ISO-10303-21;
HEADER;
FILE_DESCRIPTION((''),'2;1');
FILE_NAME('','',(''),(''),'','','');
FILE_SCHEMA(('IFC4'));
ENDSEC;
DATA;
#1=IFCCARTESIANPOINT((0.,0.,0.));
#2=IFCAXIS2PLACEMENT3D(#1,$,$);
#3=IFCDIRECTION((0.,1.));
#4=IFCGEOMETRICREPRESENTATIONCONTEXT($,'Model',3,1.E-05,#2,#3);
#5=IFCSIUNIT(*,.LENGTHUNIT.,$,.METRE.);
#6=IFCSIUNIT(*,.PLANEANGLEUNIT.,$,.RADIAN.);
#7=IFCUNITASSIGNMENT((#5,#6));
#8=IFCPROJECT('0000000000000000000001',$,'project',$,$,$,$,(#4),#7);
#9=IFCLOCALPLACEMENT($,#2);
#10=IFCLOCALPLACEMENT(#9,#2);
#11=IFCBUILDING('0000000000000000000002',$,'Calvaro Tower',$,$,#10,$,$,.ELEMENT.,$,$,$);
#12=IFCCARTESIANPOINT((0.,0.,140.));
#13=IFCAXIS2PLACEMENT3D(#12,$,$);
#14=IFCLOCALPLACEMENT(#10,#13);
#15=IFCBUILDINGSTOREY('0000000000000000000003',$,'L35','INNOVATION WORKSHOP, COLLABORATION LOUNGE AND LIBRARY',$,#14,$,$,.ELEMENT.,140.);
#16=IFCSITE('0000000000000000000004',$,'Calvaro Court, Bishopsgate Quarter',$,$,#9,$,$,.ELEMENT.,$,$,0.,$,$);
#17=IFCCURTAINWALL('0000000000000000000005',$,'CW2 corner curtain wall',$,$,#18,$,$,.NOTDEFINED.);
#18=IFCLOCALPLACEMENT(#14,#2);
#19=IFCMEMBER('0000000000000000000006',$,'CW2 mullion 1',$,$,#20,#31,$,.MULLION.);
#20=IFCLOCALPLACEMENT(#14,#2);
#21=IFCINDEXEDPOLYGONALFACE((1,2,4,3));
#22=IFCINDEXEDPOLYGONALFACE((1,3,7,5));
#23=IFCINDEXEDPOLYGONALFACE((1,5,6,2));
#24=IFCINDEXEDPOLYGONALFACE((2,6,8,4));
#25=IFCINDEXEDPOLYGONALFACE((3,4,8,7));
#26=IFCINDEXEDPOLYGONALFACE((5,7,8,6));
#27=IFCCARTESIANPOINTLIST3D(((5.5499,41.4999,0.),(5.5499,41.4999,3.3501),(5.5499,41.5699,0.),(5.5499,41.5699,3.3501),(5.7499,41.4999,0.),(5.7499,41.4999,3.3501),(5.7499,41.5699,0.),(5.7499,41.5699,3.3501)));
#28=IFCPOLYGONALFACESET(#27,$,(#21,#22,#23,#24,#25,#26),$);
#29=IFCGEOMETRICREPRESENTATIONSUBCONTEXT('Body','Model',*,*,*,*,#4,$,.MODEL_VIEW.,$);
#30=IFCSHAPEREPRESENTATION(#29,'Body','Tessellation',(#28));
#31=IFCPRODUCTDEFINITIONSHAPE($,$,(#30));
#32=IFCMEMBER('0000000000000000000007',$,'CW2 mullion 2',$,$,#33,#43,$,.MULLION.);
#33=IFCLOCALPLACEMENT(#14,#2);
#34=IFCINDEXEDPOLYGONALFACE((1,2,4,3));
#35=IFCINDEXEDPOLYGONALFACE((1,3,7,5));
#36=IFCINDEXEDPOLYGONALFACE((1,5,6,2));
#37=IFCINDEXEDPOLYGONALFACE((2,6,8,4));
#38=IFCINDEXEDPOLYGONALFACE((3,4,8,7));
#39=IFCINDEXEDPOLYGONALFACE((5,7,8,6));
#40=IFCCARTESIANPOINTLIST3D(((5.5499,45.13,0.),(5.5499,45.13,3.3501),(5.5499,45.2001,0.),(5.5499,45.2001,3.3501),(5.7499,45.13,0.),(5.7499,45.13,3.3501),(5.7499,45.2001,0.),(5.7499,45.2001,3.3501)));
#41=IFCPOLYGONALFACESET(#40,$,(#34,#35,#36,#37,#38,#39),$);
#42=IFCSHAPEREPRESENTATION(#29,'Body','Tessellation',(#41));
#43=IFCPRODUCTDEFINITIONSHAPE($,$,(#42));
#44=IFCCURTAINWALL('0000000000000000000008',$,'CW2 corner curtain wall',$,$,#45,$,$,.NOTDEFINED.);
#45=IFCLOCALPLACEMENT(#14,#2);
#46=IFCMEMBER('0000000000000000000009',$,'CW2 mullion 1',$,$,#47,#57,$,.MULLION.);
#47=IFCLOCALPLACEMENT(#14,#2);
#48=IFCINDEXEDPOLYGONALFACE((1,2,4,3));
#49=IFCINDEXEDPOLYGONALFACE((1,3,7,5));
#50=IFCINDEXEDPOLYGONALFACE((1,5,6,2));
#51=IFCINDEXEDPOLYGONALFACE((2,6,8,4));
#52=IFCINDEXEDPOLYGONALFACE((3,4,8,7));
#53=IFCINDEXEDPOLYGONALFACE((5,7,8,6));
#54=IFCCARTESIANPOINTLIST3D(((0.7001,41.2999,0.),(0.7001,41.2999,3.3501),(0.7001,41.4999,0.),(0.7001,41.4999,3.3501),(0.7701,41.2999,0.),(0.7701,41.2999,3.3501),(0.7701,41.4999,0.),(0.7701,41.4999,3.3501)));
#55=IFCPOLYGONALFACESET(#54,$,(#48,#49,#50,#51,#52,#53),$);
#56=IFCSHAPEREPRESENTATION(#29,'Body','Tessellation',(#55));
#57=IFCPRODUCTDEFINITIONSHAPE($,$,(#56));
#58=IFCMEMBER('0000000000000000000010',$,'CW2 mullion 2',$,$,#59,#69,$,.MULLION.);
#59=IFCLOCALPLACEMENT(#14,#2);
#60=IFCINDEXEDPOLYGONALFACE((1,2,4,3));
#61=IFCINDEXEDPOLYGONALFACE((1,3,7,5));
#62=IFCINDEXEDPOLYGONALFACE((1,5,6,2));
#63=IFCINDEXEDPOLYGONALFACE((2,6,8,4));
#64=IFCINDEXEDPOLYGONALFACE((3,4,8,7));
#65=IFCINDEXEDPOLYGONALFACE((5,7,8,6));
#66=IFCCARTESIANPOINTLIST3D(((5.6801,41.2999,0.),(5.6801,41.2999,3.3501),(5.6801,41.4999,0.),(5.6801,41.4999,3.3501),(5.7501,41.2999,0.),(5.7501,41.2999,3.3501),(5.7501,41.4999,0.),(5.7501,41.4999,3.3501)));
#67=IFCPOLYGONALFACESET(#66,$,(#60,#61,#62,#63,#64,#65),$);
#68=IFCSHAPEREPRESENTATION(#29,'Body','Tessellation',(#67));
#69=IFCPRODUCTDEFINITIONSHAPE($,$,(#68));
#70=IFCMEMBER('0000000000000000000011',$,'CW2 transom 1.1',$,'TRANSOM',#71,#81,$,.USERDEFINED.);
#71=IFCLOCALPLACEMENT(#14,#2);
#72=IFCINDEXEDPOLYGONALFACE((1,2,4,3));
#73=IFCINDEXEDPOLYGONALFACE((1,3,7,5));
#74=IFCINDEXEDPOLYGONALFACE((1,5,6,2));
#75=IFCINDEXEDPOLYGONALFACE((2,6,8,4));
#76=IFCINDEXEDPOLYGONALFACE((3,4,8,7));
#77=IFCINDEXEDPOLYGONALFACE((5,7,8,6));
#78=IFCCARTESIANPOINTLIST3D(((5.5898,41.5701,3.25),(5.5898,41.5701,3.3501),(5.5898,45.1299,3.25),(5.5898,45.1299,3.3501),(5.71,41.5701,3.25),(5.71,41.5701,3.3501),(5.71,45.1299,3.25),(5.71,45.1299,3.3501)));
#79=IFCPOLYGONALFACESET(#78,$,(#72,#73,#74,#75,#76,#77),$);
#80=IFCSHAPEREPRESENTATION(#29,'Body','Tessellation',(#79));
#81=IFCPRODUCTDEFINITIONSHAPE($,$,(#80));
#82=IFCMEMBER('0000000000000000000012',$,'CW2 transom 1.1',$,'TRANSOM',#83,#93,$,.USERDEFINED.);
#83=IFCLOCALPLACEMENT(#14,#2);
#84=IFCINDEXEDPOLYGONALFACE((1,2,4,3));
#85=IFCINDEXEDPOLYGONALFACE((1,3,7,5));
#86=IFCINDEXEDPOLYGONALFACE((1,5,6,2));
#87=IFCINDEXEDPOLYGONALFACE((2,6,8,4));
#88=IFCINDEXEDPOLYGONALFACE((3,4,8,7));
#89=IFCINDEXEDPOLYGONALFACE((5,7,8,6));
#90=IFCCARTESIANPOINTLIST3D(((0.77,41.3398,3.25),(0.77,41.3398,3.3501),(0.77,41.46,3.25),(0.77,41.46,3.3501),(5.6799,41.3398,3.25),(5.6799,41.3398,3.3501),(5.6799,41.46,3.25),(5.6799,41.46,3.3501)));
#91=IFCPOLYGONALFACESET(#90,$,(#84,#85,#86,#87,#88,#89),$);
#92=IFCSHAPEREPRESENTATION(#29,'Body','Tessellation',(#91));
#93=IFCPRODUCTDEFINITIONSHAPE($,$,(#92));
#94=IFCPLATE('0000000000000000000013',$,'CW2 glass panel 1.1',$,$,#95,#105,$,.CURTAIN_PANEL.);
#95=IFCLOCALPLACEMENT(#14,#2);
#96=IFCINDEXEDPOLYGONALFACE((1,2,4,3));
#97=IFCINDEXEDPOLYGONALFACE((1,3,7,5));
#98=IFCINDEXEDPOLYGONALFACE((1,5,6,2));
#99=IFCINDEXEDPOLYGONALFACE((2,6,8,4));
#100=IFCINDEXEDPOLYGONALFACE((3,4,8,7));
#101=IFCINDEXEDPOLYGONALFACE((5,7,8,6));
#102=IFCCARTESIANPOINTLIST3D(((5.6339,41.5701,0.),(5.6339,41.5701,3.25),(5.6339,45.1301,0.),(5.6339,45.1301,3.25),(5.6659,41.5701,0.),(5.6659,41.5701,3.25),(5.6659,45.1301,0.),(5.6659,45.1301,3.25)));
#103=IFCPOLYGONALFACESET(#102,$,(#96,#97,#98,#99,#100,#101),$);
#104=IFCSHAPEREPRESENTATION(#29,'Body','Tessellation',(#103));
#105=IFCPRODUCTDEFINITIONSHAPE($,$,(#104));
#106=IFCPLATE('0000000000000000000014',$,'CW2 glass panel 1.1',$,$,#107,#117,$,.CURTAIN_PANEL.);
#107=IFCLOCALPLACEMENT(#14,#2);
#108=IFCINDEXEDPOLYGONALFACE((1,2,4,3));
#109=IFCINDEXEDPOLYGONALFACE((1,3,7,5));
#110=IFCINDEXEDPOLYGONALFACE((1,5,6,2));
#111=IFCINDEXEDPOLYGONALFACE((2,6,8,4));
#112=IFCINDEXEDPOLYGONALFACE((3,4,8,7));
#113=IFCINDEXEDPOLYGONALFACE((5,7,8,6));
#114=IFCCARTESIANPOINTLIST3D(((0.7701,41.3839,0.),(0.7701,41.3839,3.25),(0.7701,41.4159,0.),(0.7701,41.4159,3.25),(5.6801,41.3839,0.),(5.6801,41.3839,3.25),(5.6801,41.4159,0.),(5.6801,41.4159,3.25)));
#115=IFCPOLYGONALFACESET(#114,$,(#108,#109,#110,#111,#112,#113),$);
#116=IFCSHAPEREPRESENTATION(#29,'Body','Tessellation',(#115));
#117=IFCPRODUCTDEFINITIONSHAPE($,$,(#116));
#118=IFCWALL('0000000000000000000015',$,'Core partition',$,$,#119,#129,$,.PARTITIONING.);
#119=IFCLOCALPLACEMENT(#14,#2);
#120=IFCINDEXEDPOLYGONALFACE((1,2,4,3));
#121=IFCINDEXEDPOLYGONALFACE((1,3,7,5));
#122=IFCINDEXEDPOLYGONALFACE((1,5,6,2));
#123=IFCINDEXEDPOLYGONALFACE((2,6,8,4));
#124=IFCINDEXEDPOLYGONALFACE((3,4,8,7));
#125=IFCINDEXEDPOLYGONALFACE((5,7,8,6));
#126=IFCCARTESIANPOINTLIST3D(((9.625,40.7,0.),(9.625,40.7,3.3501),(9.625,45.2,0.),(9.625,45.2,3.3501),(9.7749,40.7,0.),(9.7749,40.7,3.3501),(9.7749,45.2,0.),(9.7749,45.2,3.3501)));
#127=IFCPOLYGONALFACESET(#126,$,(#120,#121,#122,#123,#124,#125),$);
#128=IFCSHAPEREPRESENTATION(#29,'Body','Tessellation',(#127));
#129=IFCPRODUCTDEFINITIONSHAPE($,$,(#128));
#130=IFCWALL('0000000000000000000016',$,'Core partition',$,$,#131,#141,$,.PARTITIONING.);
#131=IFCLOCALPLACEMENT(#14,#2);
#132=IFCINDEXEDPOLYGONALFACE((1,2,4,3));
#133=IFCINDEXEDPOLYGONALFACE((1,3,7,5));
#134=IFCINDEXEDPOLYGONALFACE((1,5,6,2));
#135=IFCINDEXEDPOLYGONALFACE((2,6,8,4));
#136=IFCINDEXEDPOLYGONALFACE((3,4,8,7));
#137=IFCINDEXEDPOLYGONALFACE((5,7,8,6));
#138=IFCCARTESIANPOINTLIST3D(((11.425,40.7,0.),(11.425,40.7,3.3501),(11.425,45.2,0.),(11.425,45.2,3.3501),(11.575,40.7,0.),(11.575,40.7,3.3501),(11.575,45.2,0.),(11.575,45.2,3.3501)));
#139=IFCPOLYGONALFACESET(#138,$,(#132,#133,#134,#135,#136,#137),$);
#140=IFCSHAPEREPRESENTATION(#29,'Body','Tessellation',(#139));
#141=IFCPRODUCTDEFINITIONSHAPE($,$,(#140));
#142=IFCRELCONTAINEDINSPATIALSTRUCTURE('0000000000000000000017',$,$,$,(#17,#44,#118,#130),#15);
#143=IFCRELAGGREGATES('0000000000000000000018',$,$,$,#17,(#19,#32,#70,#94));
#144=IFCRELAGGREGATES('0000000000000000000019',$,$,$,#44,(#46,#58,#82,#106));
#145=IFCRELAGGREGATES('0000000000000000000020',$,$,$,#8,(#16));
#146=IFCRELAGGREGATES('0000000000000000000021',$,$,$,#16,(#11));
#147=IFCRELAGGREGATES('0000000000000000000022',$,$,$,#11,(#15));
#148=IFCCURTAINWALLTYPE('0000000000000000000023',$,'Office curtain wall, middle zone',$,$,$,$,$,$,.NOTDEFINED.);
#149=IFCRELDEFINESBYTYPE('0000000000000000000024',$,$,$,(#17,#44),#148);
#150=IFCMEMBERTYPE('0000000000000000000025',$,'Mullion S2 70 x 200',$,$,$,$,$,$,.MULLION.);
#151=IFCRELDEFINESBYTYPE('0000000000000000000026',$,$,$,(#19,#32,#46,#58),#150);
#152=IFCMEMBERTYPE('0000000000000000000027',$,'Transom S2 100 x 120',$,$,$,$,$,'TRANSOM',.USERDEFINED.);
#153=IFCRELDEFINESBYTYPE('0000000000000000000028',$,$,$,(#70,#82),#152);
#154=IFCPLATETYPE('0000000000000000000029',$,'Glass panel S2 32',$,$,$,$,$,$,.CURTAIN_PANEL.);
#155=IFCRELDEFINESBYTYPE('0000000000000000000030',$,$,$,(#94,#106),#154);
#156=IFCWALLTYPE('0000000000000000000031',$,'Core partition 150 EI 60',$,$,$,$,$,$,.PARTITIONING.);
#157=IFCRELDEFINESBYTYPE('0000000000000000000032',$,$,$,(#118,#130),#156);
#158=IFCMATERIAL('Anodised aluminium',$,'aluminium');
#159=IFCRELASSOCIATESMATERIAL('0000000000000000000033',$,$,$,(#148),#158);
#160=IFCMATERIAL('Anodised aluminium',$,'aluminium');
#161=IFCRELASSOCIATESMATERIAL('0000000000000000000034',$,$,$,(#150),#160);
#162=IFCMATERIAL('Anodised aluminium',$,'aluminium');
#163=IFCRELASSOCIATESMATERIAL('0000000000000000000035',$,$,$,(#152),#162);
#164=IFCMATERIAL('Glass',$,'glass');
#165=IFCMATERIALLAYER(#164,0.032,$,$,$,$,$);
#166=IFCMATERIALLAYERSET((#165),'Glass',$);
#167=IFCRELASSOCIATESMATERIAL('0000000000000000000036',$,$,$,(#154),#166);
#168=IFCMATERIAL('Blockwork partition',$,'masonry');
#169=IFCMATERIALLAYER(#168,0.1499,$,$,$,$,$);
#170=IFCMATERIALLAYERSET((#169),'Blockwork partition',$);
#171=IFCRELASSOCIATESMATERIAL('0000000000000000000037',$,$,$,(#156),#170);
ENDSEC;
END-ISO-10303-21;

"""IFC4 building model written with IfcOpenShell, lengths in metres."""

from ifc_helpers import new_model, si_unit, direction, frame, frame_2d, origin, origin_2d, place, context, subcontext, project, spatial, rectangle, extrude, material, layer, layer_set, material_profile, profile_set, type_object, element, aggregate, save


model = new_model("IFC4")

# Units and contexts
model_context = context("Model", 3, precision=1e-05, world=origin(), true_north=direction((0.0, 1.0)))
body_context = subcontext(model_context, "Body", "Model", "MODEL_VIEW")
ifc_project = project(units=[si_unit("LENGTHUNIT", "METRE"), si_unit("PLANEANGLEUNIT", "RADIAN")], contexts=[model_context])

# Site, building, storey
site_placement = place(None, origin())
site = spatial("IfcSite", under=ifc_project, at=site_placement, Name="Calvaro Court, Bishopsgate Quarter", CompositionType="ELEMENT", RefElevation=0.0)
building_placement = place(site_placement, origin())
building = spatial("IfcBuilding", under=site, at=building_placement, Name="Calvaro Tower", CompositionType="ELEMENT")
storey_placement = place(building_placement, frame((0.0, 0.0, 140.0)))
storey = spatial("IfcBuildingStorey", under=building, at=storey_placement, Name="L35", Description="INNOVATION WORKSHOP, COLLABORATION LOUNGE AND LIBRARY", CompositionType="ELEMENT", Elevation=140.0)

# Curtain walls, members
ifc_material_1 = material(Name="Anodised aluminium", Category="aluminium")
curtain_wall_type = type_object("IfcCurtainWallType", Name="Office curtain wall, middle zone", PredefinedType="NOTDEFINED", material=ifc_material_1)
curtain_wall_1_placement = place(storey_placement, origin())
curtain_wall_1 = element("IfcCurtainWall", 1, at=curtain_wall_1_placement, inside=storey, type_object=curtain_wall_type, Name="CW2 corner curtain wall", PredefinedType="NOTDEFINED")
ifc_material_2 = material(Name="Anodised aluminium", Category="aluminium")
ifc_material_profile_1 = material_profile(ifc_material_2, rectangle(XDim=0.2, YDim=0.0701, at=origin_2d()), Name="Mullion S2 70 x 200")
ifc_profile_set_1 = profile_set([ifc_material_profile_1], Name="Anodised aluminium")
member_type_1 = type_object("IfcMemberType", Name="Mullion S2 70 x 200", PredefinedType="MULLION", material=ifc_profile_set_1)
member_1_placement = place(storey_placement, frame((5.6499, 41.5349, 0.0), z_axis=(0.0, 0.0, 1.0), x_axis=(-1.0, 0.0, 0.0)))
member_1 = element("IfcMember", 2, at=member_1_placement, type_object=member_type_1, Name="CW2 mullion 1", PredefinedType="MULLION", context=body_context, shape_type="SweptSolid", body=[
    extrude(rectangle(XDim=0.2, YDim=0.0701, at=origin_2d()), origin(), (0.0, 0.0, 1.0), 3.3501),
])
member_2_placement = place(storey_placement, frame((5.6499, 45.165, 0.0), z_axis=(0.0, 0.0, 1.0), x_axis=(-1.0, 0.0, 0.0)))
member_2 = element("IfcMember", 3, at=member_2_placement, type_object=member_type_1, Name="CW2 mullion 2", PredefinedType="MULLION", context=body_context, shape_type="SweptSolid", body=[
    extrude(rectangle(XDim=0.2, YDim=0.0701, at=origin_2d()), origin(), (0.0, 0.0, 1.0), 3.3501),
])
curtain_wall_2_placement = place(storey_placement, origin())
curtain_wall_2 = element("IfcCurtainWall", 4, at=curtain_wall_2_placement, inside=storey, type_object=curtain_wall_type, Name="CW2 corner curtain wall", PredefinedType="NOTDEFINED")
member_3_placement = place(storey_placement, frame((0.7351, 41.3999, 0.0), z_axis=(0.0, 0.0, 1.0), x_axis=(0.0, 1.0, 0.0)))
member_3 = element("IfcMember", 5, at=member_3_placement, type_object=member_type_1, Name="CW2 mullion 1", PredefinedType="MULLION", context=body_context, shape_type="SweptSolid", body=[
    extrude(rectangle(XDim=0.2, YDim=0.0701, at=origin_2d()), origin(), (0.0, 0.0, 1.0), 3.3501),
])
member_4_placement = place(storey_placement, frame((5.7151, 41.3999, 0.0), z_axis=(0.0, 0.0, 1.0), x_axis=(0.0, 1.0, 0.0)))
member_4 = element("IfcMember", 6, at=member_4_placement, type_object=member_type_1, Name="CW2 mullion 2", PredefinedType="MULLION", context=body_context, shape_type="SweptSolid", body=[
    extrude(rectangle(XDim=0.2, YDim=0.0701, at=origin_2d()), origin(), (0.0, 0.0, 1.0), 3.3501),
])

# Members
ifc_material_3 = material(Name="Anodised aluminium", Category="aluminium")
ifc_material_profile_2 = material_profile(ifc_material_3, rectangle(XDim=0.1201, YDim=0.1001, at=origin_2d()), Name="Transom S2 100 x 120")
ifc_profile_set_2 = profile_set([ifc_material_profile_2], Name="Anodised aluminium")
member_type_2 = type_object("IfcMemberType", Name="Transom S2 100 x 120", ElementType="TRANSOM", PredefinedType="USERDEFINED", material=ifc_profile_set_2)
member_5_placement = place(storey_placement, frame((5.6499, 41.5701, 3.3), z_axis=(0.0, 1.0, 0.0), x_axis=(-1.0, 0.0, 0.0)))
member_5 = element("IfcMember", 7, at=member_5_placement, type_object=member_type_2, Name="CW2 transom 1.1", ObjectType="TRANSOM", PredefinedType="USERDEFINED", context=body_context, shape_type="SweptSolid", body=[
    extrude(rectangle(XDim=0.1201, YDim=0.1001, at=origin_2d()), origin(), (0.0, 0.0, 1.0), 3.5598),
])
member_6_placement = place(storey_placement, frame((0.77, 41.3999, 3.3), z_axis=(1.0, 0.0, 0.0), x_axis=(0.0, 1.0, 0.0)))
member_6 = element("IfcMember", 8, at=member_6_placement, type_object=member_type_2, Name="CW2 transom 1.1", ObjectType="TRANSOM", PredefinedType="USERDEFINED", context=body_context, shape_type="SweptSolid", body=[
    extrude(rectangle(XDim=0.1201, YDim=0.1001, at=origin_2d()), origin(), (0.0, 0.0, 1.0), 4.9099),
])

# Plates
ifc_material_4 = material(Name="Glass", Category="glass")
ifc_layer_1 = layer(ifc_material_4, 0.032)
ifc_layer_set_1 = layer_set([ifc_layer_1], Name="Glass")
plate_type = type_object("IfcPlateType", Name="Glass panel S2 32", PredefinedType="CURTAIN_PANEL", material=ifc_layer_set_1)
plate_1_placement = place(storey_placement, frame((5.6499, 43.3501, 0.0), z_axis=(0.0, 0.0, 1.0), x_axis=(0.0, 1.0, 0.0)))
plate_1 = element("IfcPlate", 9, at=plate_1_placement, type_object=plate_type, Name="CW2 glass panel 1.1", PredefinedType="CURTAIN_PANEL", context=body_context, shape_type="SweptSolid", body=[
    extrude(rectangle(XDim=3.5601, YDim=0.032, at=origin_2d()), origin(), (0.0, 0.0, 1.0), 3.25),
])
aggregate(curtain_wall_1, [member_1, member_2, member_5, plate_1])
plate_2_placement = place(storey_placement, frame((3.2251, 41.3999, 0.0), z_axis=(0.0, 0.0, 1.0), x_axis=(1.0, 0.0, 0.0)))
plate_2 = element("IfcPlate", 10, at=plate_2_placement, type_object=plate_type, Name="CW2 glass panel 1.1", PredefinedType="CURTAIN_PANEL", context=body_context, shape_type="SweptSolid", body=[
    extrude(rectangle(XDim=4.9099, YDim=0.032, at=origin_2d()), origin(), (0.0, 0.0, 1.0), 3.25),
])
aggregate(curtain_wall_2, [member_3, member_4, member_6, plate_2])

# Walls
ifc_material_5 = material(Name="Blockwork partition", Category="masonry")
ifc_layer_2 = layer(ifc_material_5, 0.1499)
ifc_layer_set_2 = layer_set([ifc_layer_2], Name="Blockwork partition")
wall_type_1 = type_object("IfcWallType", Name="Core partition 150 EI 60", PredefinedType="PARTITIONING", material=ifc_layer_set_2)
for number, where, z_axis, x_axis, name in (
    (11, (9.7, 40.7, 0.0), (0.0, 0.0, 1.0), (0.0, 1.0, 0.0), "Core partition"),
    (12, (11.5, 40.7, 0.0), (0.0, 0.0, 1.0), (0.0, 1.0, 0.0), "Core partition"),
):
    element("IfcWall", number, at=place(storey_placement, frame(where, z_axis=z_axis, x_axis=x_axis)), inside=storey, type_object=wall_type_1, Name=name, PredefinedType="PARTITIONING", context=body_context, shape_type="SweptSolid", body=[
        extrude(rectangle(XDim=4.5, YDim=0.1499, at=frame_2d((2.25, 0.0))), origin(), (0.0, 0.0, 1.0), 3.3501),
    ])

save(model, "model.ifc")
